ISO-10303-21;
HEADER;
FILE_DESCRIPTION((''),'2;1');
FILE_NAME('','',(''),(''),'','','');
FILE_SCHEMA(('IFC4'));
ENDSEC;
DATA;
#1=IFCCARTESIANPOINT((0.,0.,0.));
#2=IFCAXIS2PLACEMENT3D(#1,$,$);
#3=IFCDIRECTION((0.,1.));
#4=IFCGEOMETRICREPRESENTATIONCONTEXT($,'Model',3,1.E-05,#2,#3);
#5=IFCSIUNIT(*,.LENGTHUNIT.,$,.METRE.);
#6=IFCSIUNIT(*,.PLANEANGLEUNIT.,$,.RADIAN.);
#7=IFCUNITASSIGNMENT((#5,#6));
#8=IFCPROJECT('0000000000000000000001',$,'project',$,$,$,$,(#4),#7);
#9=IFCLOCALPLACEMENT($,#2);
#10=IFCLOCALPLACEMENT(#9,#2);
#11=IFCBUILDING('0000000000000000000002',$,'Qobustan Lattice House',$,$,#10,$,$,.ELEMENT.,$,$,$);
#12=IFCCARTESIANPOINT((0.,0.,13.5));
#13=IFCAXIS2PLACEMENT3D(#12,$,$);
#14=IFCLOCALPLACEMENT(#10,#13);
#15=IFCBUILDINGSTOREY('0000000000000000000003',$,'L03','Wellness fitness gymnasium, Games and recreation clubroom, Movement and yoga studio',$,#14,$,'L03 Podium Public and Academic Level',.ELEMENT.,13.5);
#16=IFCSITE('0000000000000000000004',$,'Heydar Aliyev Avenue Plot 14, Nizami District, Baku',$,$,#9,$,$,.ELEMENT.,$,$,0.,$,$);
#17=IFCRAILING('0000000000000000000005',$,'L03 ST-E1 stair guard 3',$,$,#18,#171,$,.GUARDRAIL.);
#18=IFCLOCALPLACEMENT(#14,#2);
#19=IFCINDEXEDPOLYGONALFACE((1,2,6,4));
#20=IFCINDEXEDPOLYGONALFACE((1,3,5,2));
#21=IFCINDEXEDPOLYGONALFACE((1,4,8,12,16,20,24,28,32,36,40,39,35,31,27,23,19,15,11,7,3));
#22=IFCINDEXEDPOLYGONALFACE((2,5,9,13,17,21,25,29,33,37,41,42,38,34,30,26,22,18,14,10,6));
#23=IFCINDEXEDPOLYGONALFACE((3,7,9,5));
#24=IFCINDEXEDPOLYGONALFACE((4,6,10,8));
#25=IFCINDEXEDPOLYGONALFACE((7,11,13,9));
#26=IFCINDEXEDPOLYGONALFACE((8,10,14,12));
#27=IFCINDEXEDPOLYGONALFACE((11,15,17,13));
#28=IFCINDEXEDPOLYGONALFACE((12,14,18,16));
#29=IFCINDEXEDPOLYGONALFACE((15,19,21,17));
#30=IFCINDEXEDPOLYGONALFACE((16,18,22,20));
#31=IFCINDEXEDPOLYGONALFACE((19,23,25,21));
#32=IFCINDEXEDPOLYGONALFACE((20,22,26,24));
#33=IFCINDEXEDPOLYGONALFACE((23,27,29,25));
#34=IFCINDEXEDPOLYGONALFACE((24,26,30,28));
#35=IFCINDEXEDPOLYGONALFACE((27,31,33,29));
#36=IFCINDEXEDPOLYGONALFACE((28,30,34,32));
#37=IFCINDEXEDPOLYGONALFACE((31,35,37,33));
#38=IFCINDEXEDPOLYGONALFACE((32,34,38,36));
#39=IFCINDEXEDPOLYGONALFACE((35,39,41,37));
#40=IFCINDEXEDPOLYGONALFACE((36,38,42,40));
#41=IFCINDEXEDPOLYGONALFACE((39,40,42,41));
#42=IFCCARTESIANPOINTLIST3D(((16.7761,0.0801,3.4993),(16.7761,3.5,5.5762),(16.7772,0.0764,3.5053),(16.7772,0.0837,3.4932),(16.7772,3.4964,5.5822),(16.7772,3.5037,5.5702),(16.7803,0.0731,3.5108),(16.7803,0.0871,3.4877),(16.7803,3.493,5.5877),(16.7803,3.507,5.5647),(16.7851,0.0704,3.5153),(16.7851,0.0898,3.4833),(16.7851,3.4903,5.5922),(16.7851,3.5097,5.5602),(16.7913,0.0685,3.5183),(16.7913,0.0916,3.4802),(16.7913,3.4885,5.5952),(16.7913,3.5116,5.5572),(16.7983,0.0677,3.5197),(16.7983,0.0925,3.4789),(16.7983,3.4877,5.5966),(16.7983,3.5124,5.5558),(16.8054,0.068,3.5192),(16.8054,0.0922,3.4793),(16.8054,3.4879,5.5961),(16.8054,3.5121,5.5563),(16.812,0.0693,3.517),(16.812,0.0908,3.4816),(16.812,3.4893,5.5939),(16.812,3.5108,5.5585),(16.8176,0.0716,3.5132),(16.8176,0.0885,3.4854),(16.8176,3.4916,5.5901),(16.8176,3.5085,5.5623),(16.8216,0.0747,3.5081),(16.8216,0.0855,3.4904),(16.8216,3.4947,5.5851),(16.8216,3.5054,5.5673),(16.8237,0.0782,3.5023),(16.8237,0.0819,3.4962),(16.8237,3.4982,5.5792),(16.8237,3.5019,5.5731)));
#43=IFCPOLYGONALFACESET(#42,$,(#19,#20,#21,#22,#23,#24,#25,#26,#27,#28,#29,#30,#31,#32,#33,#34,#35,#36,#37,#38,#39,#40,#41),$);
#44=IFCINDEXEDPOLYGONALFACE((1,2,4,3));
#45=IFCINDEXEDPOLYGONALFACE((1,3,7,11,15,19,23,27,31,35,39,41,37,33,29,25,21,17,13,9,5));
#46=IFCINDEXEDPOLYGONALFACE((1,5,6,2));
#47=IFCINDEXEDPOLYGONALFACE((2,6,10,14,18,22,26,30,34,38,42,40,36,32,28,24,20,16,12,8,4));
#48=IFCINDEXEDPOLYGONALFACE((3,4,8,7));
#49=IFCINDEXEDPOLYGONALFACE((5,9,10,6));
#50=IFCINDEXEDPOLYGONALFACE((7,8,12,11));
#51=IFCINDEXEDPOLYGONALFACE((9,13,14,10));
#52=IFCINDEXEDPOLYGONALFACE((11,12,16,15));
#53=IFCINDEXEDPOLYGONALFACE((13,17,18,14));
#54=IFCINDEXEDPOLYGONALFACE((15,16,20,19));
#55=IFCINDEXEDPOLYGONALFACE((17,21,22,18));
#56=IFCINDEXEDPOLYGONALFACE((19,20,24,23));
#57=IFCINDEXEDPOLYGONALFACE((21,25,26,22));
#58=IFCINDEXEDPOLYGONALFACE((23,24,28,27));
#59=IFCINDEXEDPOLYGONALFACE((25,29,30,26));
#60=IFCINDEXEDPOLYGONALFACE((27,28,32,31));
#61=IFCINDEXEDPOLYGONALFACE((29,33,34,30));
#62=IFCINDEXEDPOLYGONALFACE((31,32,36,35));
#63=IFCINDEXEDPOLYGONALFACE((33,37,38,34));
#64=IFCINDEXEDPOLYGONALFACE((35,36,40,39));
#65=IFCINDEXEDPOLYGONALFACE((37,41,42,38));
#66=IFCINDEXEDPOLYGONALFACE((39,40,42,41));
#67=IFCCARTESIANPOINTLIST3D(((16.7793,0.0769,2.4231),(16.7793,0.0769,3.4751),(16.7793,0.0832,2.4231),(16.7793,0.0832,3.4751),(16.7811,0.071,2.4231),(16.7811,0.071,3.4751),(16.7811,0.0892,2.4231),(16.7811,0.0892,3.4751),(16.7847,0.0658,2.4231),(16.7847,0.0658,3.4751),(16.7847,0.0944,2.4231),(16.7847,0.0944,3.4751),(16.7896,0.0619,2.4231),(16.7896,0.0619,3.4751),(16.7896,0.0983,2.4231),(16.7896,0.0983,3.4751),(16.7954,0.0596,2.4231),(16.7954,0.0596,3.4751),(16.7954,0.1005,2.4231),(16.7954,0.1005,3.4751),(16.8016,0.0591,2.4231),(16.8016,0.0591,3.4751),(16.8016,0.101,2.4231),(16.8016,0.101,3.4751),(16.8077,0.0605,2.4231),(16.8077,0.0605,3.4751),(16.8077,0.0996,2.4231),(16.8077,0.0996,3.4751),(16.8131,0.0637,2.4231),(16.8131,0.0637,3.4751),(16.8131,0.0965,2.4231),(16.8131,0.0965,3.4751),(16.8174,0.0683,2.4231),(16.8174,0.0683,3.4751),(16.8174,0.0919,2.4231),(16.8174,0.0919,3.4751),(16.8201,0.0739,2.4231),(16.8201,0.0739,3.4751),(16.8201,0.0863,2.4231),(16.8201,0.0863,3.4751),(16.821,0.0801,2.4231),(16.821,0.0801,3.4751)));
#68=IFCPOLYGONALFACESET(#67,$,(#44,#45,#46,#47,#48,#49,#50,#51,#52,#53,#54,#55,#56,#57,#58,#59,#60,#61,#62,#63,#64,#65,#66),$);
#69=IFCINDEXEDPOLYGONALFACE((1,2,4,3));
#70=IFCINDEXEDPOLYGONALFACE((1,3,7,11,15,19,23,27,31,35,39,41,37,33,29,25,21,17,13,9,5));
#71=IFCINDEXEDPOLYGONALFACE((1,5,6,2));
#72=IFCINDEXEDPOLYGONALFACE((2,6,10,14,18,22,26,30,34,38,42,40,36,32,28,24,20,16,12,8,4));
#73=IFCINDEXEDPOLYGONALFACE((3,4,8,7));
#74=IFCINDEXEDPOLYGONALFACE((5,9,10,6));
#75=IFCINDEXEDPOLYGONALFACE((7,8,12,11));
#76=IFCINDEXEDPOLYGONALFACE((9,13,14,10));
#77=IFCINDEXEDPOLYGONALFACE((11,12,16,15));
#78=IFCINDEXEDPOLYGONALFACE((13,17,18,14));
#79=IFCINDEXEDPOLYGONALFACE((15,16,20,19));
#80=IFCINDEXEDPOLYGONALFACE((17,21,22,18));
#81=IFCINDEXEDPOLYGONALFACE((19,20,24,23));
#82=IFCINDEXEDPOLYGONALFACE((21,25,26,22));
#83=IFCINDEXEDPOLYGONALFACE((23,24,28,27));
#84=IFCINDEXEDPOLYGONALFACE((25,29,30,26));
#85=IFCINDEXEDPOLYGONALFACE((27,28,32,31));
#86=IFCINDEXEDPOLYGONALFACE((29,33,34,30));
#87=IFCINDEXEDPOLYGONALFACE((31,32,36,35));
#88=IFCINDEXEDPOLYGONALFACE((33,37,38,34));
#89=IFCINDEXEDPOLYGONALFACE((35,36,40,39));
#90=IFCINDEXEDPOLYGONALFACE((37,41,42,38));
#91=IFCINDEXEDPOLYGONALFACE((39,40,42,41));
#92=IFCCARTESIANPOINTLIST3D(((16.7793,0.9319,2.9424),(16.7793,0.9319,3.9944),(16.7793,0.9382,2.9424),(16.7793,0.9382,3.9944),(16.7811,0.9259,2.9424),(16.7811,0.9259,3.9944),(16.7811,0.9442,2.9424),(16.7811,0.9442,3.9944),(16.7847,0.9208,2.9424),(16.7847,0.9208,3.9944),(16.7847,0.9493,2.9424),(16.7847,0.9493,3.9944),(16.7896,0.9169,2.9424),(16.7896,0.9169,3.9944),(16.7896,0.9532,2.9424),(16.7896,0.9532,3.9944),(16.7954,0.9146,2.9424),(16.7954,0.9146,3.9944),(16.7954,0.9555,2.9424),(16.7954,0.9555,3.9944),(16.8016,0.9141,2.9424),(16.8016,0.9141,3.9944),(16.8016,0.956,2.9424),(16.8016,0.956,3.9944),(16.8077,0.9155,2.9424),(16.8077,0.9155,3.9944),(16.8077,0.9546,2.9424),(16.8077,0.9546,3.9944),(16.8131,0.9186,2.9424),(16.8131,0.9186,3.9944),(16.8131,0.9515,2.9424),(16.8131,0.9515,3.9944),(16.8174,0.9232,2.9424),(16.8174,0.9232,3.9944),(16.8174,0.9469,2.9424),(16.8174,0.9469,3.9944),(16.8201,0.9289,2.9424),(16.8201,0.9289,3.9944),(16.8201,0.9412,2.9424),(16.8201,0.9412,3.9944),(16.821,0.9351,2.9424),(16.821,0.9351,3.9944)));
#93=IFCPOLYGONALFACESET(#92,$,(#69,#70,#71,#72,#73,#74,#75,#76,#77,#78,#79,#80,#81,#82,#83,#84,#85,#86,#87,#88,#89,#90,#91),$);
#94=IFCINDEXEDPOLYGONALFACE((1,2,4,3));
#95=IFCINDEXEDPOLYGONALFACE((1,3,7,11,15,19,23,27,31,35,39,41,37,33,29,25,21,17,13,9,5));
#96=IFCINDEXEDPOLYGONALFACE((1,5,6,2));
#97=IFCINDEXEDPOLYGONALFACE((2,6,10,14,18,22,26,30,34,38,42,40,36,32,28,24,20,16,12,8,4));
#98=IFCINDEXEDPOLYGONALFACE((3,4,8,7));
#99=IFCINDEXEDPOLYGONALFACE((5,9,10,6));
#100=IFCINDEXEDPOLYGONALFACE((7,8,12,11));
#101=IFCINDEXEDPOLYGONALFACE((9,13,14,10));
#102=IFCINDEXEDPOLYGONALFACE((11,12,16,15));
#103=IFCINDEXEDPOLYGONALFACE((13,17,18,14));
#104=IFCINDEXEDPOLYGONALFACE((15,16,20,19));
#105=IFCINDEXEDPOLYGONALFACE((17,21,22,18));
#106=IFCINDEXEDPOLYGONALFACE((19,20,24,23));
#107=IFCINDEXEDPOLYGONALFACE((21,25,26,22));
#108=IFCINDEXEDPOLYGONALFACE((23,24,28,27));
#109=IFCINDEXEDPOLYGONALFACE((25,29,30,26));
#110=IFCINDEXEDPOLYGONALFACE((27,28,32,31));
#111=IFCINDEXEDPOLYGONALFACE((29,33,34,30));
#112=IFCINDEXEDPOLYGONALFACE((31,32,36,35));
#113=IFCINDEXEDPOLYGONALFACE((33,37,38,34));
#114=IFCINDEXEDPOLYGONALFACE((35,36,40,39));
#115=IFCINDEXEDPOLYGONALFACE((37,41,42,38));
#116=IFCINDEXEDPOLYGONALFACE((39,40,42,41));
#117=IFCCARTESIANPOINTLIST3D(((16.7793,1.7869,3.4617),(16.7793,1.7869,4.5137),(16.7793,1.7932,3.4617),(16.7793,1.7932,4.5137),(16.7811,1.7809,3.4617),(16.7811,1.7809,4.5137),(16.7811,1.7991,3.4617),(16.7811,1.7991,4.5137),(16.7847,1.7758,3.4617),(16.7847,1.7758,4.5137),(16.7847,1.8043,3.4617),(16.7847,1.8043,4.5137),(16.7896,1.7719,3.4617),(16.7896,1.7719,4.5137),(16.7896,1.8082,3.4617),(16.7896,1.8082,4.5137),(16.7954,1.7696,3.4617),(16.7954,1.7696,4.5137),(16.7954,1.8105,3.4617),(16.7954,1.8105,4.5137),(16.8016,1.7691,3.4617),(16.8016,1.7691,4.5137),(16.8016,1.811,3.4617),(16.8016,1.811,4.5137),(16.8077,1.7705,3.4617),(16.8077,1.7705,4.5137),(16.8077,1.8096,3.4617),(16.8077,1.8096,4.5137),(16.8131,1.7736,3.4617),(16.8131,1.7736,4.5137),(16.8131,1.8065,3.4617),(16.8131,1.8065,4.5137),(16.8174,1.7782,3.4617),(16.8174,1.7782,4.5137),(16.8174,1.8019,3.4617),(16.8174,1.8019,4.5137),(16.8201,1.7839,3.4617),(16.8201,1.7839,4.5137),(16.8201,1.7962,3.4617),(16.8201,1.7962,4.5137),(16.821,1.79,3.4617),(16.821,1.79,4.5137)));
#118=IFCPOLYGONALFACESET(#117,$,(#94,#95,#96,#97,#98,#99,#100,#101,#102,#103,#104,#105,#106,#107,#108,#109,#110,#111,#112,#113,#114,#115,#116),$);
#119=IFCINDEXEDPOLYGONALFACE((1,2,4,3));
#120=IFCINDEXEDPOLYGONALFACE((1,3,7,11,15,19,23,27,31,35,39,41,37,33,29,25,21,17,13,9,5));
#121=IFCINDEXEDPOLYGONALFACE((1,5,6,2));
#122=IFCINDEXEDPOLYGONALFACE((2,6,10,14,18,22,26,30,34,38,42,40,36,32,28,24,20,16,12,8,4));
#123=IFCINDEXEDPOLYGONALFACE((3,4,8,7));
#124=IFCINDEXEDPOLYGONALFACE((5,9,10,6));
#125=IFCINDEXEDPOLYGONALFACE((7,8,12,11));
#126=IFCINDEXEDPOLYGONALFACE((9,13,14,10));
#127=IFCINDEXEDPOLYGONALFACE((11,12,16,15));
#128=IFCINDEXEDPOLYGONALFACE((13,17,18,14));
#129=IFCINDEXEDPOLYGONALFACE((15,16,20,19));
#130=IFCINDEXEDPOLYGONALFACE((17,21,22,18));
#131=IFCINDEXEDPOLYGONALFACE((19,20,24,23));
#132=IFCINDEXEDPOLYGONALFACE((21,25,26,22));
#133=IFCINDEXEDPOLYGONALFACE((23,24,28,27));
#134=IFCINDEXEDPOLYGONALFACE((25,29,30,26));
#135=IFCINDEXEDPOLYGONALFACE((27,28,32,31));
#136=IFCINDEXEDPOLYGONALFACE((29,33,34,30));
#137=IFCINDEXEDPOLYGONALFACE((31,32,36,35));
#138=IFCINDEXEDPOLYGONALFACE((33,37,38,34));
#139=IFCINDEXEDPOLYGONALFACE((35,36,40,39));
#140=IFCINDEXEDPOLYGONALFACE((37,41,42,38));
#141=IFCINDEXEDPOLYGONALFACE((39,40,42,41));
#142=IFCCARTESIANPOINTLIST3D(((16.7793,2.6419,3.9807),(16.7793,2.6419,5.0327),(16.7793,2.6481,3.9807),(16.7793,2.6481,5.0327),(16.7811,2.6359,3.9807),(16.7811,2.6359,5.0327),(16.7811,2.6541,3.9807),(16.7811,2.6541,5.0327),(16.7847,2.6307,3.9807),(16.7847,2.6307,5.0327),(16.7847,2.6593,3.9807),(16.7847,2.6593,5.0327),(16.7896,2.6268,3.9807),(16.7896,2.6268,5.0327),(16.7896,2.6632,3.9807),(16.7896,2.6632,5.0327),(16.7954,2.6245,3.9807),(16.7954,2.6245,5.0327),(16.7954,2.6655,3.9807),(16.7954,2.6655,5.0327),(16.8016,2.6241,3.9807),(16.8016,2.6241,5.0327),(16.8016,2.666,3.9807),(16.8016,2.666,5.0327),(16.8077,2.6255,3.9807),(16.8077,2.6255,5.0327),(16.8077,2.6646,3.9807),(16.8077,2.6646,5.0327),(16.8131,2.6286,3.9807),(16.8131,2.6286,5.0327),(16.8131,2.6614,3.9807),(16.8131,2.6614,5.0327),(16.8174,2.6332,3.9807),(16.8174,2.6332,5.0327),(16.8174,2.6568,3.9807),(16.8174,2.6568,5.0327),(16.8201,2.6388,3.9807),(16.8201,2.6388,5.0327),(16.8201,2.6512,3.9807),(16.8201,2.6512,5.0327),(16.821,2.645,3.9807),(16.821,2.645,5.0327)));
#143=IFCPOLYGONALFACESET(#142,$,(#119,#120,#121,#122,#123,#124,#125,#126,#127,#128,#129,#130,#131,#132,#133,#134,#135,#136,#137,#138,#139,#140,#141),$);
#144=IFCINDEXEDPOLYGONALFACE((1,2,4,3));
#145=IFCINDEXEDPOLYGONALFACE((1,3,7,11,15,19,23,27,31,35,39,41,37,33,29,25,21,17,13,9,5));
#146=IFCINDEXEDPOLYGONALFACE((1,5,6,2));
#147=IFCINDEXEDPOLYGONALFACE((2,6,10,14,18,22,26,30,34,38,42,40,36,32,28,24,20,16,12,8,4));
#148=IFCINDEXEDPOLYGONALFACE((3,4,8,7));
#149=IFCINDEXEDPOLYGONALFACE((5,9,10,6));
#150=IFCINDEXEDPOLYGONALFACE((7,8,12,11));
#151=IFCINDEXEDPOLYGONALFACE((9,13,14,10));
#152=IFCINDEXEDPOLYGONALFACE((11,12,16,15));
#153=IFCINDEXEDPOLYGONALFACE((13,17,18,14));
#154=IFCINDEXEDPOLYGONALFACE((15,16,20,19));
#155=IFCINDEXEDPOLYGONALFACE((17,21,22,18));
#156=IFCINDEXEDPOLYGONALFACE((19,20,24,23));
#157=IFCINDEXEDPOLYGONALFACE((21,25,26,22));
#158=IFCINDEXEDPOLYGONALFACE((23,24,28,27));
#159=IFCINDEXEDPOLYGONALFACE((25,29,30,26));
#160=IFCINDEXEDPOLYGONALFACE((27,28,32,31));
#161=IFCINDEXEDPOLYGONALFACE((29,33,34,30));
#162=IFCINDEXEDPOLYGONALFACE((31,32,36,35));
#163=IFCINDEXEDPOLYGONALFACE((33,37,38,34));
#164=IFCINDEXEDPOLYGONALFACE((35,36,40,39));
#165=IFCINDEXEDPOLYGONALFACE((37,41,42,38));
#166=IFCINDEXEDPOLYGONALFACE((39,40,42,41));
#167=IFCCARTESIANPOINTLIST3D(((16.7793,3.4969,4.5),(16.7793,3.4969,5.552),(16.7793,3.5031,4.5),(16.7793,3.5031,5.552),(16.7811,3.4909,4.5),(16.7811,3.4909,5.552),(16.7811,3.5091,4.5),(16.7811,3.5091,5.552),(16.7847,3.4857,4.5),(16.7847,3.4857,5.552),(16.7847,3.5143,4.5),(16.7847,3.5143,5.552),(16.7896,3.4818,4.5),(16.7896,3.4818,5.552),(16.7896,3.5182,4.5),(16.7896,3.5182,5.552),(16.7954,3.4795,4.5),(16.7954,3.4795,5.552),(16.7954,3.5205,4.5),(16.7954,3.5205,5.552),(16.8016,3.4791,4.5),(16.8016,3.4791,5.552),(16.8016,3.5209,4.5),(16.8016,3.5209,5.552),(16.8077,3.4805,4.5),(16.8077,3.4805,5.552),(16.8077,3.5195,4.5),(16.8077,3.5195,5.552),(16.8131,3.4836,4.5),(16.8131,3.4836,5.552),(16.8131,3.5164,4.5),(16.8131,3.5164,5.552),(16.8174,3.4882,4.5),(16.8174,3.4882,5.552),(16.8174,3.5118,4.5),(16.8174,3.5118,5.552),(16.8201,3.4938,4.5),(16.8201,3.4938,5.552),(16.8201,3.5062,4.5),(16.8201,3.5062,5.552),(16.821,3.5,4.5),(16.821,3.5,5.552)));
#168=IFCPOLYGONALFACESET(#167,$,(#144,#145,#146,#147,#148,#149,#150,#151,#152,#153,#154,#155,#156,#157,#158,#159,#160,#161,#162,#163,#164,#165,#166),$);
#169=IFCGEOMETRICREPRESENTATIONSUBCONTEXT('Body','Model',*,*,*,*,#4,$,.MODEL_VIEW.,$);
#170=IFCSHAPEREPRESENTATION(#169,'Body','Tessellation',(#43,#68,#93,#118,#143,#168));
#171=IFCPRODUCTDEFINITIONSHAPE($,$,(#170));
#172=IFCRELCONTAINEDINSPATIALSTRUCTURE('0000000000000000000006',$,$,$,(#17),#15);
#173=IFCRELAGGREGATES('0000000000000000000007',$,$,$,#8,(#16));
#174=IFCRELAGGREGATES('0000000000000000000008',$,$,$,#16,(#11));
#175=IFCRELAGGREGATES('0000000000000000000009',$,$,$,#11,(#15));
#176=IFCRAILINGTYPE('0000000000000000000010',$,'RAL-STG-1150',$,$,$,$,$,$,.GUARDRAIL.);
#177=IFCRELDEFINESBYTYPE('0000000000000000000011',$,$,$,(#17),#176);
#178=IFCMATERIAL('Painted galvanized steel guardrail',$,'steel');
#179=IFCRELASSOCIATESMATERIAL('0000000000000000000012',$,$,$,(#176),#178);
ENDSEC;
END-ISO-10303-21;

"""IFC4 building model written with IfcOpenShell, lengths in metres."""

from ifc_helpers import new_model, si_unit, direction, frame, origin, origin_2d, place, context, subcontext, project, spatial, circle, extrude, material, type_object, element, save


model = new_model("IFC4")

# Units and contexts
model_context = context("Model", 3, precision=1e-05, world=origin(), true_north=direction((0.0, 1.0)))
body_context = subcontext(model_context, "Body", "Model", "MODEL_VIEW")
ifc_project = project(units=[si_unit("LENGTHUNIT", "METRE"), si_unit("PLANEANGLEUNIT", "RADIAN")], contexts=[model_context])

# Site, building, storey
site_placement = place(None, origin())
site = spatial("IfcSite", under=ifc_project, at=site_placement, Name="Heydar Aliyev Avenue Plot 14, Nizami District, Baku", CompositionType="ELEMENT", RefElevation=0.0)
building_placement = place(site_placement, origin())
building = spatial("IfcBuilding", under=site, at=building_placement, Name="Qobustan Lattice House", CompositionType="ELEMENT")
storey_placement = place(building_placement, frame((0.0, 0.0, 13.5)))
storey = spatial("IfcBuildingStorey", under=building, at=storey_placement, Name="L03", Description="Wellness fitness gymnasium, Games and recreation clubroom, Movement and yoga studio", LongName="L03 Podium Public and Academic Level", CompositionType="ELEMENT", Elevation=13.5)

# Railing
ifc_material_1 = material(Name="Painted galvanized steel guardrail", Category="steel")
railing_type_1 = type_object("IfcRailingType", Name="RAL-STG-1150", PredefinedType="GUARDRAIL", material=ifc_material_1)
railing_1_placement = place(storey_placement, frame((16.8, 0.0801, 2.4231)))
element("IfcRailing", 1, at=railing_1_placement, inside=storey, type_object=railing_type_1, Name="L03 ST-E1 stair guard 3", PredefinedType="GUARDRAIL", context=body_context, shape_type="SweptSolid", body=[
    extrude(circle(Radius=0.0239, at=origin_2d()), frame((0.0, 0.0, 1.0762), z_axis=(0.0, 0.85473, 0.519074), x_axis=(-1.0, 0.0, 0.0)), (0.0, 0.0, 1.0), 4.0012),
    extrude(circle(Radius=0.021, at=origin_2d()), origin(), (0.0, 0.0, 1.0), 1.052),
    extrude(circle(Radius=0.021, at=origin_2d()), frame((0.0, 0.855, 0.5193)), (0.0, 0.0, 1.0), 1.052),
    extrude(circle(Radius=0.021, at=origin_2d()), frame((0.0, 1.71, 1.0386)), (0.0, 0.0, 1.0), 1.052),
    extrude(circle(Radius=0.021, at=origin_2d()), frame((0.0, 2.5649, 1.5576)), (0.0, 0.0, 1.0), 1.052),
    extrude(circle(Radius=0.021, at=origin_2d()), frame((0.0, 3.4199, 2.0769)), (0.0, 0.0, 1.0), 1.052),
])

save(model, "model.ifc")
